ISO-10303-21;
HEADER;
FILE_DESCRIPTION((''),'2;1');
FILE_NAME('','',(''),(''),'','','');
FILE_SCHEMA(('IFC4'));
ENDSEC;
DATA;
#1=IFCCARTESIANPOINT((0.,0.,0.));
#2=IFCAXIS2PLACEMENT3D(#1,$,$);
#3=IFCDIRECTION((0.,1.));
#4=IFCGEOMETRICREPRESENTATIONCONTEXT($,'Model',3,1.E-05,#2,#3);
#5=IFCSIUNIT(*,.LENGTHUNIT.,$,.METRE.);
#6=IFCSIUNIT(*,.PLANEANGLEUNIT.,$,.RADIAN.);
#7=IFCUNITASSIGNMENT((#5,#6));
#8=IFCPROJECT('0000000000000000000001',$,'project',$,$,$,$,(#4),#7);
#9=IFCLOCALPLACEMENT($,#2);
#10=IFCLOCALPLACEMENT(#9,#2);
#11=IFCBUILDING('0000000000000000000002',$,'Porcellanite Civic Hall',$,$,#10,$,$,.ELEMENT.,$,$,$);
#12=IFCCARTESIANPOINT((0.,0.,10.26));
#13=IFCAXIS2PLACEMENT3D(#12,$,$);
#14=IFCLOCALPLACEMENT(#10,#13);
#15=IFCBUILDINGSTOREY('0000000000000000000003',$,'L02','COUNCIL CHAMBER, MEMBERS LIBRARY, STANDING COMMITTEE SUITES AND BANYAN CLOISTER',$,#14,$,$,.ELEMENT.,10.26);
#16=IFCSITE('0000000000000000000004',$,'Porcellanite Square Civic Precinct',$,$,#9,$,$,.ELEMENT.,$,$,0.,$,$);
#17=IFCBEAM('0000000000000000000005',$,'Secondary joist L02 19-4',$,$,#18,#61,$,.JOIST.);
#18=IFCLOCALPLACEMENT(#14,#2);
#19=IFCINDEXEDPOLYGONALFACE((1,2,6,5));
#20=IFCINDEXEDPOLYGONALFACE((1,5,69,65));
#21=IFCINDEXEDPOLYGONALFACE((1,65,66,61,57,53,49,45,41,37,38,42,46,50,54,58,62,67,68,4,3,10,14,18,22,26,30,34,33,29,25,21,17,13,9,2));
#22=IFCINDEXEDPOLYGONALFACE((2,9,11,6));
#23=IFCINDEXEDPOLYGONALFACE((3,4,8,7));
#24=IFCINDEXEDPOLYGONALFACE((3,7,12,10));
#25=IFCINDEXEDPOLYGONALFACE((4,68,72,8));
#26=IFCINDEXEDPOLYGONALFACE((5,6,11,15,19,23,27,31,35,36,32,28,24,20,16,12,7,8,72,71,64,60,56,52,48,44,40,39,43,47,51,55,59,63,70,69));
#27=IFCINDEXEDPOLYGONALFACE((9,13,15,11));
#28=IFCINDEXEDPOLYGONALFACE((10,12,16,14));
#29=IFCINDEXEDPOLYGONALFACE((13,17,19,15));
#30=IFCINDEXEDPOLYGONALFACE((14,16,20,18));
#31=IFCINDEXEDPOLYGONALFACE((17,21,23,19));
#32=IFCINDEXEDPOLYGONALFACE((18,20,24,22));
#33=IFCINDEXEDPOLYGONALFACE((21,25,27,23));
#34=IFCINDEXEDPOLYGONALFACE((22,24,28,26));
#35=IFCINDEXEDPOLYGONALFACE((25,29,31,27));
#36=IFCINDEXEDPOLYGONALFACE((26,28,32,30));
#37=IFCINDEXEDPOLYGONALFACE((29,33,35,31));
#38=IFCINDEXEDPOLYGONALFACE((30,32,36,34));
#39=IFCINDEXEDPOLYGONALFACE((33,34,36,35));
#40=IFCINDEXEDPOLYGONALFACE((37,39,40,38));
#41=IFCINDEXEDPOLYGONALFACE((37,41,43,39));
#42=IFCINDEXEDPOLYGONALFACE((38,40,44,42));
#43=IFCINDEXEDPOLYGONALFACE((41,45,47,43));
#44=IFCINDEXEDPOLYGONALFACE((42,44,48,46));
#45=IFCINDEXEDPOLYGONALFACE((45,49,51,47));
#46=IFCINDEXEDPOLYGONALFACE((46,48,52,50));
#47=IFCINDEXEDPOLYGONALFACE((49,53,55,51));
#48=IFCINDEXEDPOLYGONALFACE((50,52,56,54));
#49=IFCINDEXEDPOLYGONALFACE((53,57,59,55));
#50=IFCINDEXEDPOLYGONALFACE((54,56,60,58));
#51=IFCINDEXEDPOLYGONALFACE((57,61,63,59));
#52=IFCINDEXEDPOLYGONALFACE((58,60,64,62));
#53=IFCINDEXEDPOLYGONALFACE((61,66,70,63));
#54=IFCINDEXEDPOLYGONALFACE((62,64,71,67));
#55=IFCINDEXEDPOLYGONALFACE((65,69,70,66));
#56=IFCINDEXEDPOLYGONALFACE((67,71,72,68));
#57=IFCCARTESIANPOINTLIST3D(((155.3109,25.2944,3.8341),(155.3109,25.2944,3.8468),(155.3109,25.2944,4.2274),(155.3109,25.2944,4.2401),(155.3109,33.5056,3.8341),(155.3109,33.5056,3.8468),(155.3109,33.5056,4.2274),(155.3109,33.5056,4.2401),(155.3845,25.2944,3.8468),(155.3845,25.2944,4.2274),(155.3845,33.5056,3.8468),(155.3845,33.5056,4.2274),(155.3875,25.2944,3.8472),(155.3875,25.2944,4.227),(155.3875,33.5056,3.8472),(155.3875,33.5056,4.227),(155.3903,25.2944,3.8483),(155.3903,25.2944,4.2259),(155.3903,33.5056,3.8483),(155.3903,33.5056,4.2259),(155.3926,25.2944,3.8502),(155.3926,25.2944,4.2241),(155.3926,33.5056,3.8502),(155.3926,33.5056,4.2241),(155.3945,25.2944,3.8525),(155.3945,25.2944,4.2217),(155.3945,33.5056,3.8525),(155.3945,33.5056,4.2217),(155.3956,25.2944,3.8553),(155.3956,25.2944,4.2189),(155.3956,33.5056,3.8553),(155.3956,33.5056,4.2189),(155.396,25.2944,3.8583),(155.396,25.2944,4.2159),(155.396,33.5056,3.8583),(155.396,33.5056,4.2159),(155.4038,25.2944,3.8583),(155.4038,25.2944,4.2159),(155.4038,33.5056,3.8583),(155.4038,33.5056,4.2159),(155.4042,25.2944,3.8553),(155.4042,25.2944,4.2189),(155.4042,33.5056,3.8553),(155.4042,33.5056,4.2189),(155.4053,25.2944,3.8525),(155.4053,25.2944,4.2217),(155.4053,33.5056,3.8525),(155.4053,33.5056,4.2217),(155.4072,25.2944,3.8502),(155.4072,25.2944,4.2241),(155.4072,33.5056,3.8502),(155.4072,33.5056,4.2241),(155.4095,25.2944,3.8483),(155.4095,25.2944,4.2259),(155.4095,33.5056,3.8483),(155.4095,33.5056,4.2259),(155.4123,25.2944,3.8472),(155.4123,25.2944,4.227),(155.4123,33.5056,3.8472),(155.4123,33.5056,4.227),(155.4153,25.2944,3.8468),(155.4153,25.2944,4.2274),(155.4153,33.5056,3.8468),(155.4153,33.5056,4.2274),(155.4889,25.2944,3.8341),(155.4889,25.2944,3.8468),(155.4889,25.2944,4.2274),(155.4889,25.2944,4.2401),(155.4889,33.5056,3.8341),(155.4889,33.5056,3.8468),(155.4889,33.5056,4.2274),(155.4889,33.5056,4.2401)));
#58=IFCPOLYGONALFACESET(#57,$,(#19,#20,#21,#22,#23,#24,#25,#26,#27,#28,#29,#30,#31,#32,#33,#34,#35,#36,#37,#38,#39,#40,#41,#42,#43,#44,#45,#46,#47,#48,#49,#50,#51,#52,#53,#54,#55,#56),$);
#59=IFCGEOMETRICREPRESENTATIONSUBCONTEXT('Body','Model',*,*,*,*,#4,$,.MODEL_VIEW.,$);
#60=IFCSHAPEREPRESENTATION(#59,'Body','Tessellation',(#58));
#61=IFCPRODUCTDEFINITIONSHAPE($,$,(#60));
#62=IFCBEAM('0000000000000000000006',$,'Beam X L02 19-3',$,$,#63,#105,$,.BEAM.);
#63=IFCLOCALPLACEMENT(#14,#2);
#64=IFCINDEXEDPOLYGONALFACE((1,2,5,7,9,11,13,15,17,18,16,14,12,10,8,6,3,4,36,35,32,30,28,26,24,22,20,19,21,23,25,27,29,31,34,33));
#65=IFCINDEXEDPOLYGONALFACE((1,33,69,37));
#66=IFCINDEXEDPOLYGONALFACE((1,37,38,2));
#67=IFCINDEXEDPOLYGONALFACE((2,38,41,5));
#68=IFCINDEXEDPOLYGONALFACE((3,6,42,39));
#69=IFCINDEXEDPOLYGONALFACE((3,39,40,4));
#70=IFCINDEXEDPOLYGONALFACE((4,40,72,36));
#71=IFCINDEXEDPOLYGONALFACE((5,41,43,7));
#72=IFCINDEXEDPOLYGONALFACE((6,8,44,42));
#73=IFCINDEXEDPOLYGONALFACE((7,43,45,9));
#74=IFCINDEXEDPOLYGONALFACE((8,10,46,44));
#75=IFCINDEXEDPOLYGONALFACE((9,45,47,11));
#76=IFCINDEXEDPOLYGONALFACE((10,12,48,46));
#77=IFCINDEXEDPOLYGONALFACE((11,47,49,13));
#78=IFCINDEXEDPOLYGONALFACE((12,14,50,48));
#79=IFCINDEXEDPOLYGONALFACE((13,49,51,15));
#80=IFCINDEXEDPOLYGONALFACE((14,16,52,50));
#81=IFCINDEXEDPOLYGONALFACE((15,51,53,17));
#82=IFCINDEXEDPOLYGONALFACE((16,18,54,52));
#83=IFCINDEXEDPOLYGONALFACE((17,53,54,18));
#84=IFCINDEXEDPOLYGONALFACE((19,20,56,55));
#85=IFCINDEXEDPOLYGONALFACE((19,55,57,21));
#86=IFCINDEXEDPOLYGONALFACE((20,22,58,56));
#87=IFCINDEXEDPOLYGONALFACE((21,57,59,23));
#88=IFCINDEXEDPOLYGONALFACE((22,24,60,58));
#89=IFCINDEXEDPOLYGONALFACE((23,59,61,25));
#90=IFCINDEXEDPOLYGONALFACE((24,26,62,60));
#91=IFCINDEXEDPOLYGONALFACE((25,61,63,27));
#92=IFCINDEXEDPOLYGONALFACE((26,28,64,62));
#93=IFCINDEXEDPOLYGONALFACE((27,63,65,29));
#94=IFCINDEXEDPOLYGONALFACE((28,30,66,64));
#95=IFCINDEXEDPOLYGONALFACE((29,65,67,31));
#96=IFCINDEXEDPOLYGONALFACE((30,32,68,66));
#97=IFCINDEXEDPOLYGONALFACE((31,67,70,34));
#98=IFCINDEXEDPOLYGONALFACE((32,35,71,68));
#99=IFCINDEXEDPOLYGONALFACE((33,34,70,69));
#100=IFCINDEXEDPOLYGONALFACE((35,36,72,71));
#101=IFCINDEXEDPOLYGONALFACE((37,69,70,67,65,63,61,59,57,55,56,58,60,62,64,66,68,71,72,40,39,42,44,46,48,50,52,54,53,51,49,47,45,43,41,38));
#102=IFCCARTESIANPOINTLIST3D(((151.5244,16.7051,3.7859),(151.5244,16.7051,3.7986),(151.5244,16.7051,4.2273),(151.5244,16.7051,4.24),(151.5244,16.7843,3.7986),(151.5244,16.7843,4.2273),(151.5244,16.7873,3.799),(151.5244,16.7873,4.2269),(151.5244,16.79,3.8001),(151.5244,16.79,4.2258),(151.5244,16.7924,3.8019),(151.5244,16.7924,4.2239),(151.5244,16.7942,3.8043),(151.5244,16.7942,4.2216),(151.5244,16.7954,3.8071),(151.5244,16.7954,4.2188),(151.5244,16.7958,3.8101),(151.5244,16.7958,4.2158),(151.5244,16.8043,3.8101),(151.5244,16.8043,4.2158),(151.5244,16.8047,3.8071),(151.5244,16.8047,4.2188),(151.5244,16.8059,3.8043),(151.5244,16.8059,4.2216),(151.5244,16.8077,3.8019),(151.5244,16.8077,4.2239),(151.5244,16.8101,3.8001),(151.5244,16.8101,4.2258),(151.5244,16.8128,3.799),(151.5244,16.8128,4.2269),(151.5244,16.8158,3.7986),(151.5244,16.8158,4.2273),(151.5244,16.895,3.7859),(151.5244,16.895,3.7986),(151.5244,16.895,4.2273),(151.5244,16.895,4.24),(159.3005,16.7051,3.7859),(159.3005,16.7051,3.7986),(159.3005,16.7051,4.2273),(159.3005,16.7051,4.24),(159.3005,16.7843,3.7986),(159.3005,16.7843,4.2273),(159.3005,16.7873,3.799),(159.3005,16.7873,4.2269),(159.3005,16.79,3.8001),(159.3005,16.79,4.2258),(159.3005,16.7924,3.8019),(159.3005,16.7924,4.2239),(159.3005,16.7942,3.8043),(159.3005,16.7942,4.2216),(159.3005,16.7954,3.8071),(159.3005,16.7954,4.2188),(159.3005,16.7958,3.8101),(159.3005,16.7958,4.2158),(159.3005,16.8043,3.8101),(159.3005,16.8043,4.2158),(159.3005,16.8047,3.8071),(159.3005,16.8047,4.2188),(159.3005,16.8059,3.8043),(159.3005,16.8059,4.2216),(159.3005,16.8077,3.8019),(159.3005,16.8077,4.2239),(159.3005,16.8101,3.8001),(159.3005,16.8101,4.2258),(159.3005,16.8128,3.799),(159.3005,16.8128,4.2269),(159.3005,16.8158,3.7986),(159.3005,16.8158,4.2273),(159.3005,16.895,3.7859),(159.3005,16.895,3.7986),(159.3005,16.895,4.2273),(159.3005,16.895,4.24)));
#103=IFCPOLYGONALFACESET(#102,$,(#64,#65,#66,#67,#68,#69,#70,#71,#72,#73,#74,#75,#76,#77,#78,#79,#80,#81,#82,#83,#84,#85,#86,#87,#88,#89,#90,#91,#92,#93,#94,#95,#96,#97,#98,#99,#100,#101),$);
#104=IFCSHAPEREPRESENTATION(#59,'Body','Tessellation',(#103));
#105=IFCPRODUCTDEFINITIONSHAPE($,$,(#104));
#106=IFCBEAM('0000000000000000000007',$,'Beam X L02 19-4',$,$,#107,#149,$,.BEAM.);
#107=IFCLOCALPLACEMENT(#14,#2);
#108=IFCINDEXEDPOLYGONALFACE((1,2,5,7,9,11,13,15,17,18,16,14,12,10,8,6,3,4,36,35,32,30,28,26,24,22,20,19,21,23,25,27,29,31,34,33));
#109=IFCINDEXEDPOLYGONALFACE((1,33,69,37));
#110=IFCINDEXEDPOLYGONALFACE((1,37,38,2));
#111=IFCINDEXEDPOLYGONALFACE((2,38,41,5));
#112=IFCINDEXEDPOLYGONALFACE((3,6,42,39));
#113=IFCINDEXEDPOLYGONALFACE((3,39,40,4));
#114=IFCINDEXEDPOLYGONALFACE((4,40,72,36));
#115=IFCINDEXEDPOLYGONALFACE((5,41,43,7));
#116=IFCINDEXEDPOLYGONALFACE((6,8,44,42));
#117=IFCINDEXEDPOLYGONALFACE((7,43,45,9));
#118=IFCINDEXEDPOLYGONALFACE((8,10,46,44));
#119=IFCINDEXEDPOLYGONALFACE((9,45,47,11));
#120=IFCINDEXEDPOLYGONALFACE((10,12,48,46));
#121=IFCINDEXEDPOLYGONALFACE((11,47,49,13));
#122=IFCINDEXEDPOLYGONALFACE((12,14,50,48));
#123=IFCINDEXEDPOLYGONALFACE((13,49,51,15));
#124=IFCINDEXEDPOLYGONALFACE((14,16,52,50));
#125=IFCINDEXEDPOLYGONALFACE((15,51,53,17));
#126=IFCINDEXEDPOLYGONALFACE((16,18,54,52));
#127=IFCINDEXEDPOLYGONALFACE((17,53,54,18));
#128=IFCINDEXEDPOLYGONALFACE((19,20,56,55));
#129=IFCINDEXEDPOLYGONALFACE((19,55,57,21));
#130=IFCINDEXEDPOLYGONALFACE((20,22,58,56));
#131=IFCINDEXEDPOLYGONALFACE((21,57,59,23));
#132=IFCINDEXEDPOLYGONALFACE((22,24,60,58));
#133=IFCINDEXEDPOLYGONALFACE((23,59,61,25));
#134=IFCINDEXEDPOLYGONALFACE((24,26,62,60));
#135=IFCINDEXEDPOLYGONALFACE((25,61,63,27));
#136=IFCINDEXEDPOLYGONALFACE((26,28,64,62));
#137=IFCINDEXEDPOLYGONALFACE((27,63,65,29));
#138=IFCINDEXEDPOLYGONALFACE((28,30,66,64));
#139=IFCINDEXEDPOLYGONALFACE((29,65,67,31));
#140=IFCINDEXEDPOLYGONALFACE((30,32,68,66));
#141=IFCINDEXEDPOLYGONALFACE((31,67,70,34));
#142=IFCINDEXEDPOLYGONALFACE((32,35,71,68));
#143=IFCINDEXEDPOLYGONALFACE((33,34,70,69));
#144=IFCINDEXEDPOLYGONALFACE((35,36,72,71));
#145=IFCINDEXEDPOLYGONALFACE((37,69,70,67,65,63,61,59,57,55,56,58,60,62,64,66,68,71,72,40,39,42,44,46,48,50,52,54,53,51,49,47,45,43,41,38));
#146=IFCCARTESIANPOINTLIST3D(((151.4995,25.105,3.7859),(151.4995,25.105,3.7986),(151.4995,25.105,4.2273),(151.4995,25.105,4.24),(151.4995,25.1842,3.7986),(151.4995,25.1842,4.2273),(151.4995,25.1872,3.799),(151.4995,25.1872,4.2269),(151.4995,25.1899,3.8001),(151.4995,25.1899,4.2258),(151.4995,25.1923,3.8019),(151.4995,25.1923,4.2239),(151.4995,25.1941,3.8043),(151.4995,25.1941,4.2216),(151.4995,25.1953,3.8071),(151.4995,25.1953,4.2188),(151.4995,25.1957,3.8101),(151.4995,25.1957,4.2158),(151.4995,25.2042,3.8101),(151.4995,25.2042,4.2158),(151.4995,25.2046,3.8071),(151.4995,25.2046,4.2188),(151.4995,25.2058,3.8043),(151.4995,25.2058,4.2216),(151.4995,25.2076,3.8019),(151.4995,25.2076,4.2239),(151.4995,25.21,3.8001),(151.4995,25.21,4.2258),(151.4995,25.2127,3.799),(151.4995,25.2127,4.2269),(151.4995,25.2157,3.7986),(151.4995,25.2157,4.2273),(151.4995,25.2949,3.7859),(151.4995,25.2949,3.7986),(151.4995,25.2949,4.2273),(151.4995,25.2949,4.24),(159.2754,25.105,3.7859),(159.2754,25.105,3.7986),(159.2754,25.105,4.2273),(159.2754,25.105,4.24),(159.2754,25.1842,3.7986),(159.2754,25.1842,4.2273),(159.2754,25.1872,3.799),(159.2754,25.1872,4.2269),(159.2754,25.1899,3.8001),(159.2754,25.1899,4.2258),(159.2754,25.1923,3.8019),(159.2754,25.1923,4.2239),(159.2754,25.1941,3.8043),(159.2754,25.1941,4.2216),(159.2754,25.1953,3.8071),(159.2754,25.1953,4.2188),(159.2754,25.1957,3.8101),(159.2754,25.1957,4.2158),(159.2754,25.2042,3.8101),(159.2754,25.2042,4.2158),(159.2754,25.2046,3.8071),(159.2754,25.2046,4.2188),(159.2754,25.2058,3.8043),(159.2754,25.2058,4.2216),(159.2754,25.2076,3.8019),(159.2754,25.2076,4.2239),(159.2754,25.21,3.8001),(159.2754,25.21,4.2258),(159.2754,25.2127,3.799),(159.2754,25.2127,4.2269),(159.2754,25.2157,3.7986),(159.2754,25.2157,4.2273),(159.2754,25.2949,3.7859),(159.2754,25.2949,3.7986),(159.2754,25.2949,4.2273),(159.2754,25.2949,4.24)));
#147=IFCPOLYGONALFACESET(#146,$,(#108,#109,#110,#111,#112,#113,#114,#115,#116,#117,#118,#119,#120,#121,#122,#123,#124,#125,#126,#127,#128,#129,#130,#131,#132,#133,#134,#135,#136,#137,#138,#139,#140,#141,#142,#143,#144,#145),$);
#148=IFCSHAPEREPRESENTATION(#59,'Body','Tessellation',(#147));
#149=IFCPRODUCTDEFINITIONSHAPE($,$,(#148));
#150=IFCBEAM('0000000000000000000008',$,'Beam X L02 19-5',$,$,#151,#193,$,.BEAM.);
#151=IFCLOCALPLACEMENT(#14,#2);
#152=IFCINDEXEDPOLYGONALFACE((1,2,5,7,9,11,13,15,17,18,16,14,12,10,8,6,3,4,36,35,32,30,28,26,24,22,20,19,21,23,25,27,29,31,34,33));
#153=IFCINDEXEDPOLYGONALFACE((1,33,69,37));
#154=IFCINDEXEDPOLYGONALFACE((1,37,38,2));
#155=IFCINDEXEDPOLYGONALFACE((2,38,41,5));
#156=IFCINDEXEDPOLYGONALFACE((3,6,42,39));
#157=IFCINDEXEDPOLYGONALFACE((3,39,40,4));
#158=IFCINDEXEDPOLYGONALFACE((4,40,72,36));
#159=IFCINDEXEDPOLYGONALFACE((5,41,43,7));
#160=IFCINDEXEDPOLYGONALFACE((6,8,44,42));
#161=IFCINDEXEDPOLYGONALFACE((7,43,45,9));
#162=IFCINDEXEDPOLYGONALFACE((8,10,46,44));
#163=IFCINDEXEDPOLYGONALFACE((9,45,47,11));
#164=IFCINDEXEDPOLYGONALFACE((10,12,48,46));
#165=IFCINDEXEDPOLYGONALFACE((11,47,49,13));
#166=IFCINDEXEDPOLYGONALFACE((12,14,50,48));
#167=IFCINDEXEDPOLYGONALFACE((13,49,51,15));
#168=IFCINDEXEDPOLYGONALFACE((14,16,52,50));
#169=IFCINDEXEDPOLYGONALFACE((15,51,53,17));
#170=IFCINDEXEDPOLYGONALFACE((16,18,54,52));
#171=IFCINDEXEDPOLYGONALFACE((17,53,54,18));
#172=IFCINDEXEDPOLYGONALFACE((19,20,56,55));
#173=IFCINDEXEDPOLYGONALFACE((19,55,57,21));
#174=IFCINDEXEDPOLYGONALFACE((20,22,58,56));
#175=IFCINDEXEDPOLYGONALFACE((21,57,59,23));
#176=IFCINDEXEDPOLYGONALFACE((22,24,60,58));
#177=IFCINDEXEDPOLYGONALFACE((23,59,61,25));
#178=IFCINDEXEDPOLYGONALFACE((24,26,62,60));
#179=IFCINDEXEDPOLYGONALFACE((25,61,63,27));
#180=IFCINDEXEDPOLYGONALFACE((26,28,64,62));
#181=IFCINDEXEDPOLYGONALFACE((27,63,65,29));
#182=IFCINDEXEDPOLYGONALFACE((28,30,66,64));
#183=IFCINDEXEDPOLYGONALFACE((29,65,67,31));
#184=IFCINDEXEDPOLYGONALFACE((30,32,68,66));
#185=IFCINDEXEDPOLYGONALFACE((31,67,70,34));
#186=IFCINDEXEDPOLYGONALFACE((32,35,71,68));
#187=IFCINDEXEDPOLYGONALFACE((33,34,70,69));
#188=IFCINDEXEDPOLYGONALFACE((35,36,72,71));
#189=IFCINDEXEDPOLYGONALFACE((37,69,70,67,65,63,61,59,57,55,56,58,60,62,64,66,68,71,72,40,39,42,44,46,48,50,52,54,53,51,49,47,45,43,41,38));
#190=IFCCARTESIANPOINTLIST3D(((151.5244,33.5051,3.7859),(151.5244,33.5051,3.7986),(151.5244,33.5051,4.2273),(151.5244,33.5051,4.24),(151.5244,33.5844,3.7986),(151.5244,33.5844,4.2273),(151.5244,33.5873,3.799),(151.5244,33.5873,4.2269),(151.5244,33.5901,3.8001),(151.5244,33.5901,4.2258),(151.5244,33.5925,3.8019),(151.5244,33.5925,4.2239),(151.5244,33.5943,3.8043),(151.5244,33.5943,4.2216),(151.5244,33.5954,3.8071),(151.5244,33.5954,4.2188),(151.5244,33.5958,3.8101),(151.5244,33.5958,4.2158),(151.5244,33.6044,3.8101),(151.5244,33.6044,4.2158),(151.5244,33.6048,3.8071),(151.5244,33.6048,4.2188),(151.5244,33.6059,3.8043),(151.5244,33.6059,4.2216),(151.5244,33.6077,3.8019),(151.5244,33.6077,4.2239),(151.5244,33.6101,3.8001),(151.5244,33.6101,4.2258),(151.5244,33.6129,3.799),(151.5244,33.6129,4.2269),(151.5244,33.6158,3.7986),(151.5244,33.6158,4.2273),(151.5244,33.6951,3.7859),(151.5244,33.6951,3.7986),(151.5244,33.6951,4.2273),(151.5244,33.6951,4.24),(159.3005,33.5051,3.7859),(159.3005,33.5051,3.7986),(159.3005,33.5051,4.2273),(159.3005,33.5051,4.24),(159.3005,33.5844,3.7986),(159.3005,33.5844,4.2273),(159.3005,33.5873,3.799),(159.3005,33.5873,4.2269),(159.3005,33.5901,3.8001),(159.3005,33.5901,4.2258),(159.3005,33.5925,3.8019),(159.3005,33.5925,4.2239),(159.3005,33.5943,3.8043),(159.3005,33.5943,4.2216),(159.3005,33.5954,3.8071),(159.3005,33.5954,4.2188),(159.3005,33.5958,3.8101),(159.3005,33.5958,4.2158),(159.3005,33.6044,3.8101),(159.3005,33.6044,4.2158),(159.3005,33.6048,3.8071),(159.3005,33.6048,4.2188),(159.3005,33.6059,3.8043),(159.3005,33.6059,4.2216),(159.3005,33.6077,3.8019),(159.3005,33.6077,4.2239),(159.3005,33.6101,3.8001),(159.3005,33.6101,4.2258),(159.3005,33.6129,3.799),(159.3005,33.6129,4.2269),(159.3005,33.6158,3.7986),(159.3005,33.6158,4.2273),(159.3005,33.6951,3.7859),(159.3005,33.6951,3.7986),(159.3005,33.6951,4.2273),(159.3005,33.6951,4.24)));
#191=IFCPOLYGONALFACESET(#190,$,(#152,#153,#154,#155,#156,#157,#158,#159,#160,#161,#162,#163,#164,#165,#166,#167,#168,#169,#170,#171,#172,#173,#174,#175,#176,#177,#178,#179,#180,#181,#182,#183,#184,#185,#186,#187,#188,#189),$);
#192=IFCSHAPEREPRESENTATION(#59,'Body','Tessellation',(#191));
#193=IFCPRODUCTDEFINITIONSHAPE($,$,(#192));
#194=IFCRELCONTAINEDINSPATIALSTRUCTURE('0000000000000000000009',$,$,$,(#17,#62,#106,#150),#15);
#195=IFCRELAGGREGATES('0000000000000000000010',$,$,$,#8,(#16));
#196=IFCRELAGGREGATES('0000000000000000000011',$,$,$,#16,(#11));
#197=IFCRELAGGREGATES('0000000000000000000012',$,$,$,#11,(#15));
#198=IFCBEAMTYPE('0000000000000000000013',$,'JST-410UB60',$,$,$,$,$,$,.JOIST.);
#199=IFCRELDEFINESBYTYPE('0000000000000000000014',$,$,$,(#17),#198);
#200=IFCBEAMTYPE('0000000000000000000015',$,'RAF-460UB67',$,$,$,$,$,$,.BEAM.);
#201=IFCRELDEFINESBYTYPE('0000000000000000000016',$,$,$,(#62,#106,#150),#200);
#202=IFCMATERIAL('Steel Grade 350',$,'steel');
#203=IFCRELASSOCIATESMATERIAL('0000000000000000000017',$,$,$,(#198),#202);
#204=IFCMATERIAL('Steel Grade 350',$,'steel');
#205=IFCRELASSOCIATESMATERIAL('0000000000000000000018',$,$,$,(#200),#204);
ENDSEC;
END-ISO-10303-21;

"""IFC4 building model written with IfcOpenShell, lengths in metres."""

from ifc_helpers import new_model, si_unit, direction, frame, origin, origin_2d, place, context, subcontext, project, spatial, i_section, extrude, material, material_profile, profile_set, type_object, element, save


model = new_model("IFC4")

# Units and contexts
model_context = context("Model", 3, precision=1e-05, world=origin(), true_north=direction((0.0, 1.0)))
body_context = subcontext(model_context, "Body", "Model", "MODEL_VIEW")
ifc_project = project(units=[si_unit("LENGTHUNIT", "METRE"), si_unit("PLANEANGLEUNIT", "RADIAN")], contexts=[model_context])

# Site, building, storey
site_placement = place(None, origin())
site = spatial("IfcSite", under=ifc_project, at=site_placement, Name="Porcellanite Square Civic Precinct", CompositionType="ELEMENT", RefElevation=0.0)
building_placement = place(site_placement, origin())
building = spatial("IfcBuilding", under=site, at=building_placement, Name="Porcellanite Civic Hall", CompositionType="ELEMENT")
storey_placement = place(building_placement, frame((0.0, 0.0, 10.26)))
storey = spatial("IfcBuildingStorey", under=building, at=storey_placement, Name="L02", Description="COUNCIL CHAMBER, MEMBERS LIBRARY, STANDING COMMITTEE SUITES AND BANYAN CLOISTER", CompositionType="ELEMENT", Elevation=10.26)

# Beams
ifc_material_1 = material(Name="Steel Grade 350", Category="steel")
ifc_material_profile_1 = material_profile(ifc_material_1, i_section(OverallWidth=0.178, OverallDepth=0.406, WebThickness=0.0078, FlangeThickness=0.0127, FilletRadius=0.0115, at=origin_2d()), Name="410UB59.7")
ifc_profile_set_1 = profile_set([ifc_material_profile_1], Name="Steel Grade 350")
beam_type_1 = type_object("IfcBeamType", Name="JST-410UB60", PredefinedType="JOIST", material=ifc_profile_set_1)
beam_1_placement = place(storey_placement, frame((155.3999, 25.2944, 4.0371), z_axis=(0.0, 1.0, 0.0), x_axis=(-1.0, 0.0, 0.0)))
element("IfcBeam", 1, at=beam_1_placement, inside=storey, type_object=beam_type_1, Name="Secondary joist L02 19-4", PredefinedType="JOIST", context=body_context, shape_type="SweptSolid", body=[
    extrude(i_section(OverallWidth=0.178, OverallDepth=0.406, WebThickness=0.0078, FlangeThickness=0.0127, FilletRadius=0.0115, at=origin_2d()), origin(), (0.0, 0.0, 1.0), 8.2112),
])
ifc_material_2 = material(Name="Steel Grade 350", Category="steel")
ifc_material_profile_2 = material_profile(ifc_material_2, i_section(OverallWidth=0.1899, OverallDepth=0.4541, WebThickness=0.0085, FlangeThickness=0.0127, FilletRadius=0.0115, at=origin_2d()), Name="460UB67.1")
ifc_profile_set_2 = profile_set([ifc_material_profile_2], Name="Steel Grade 350")
beam_type_2 = type_object("IfcBeamType", Name="RAF-460UB67", PredefinedType="BEAM", material=ifc_profile_set_2)
beam_2_placement = place(storey_placement, frame((151.5244, 16.8, 4.0129), z_axis=(1.0, 0.0, 0.0), x_axis=(0.0, 1.0, 0.0)))
element("IfcBeam", 2, at=beam_2_placement, inside=storey, type_object=beam_type_2, Name="Beam X L02 19-3", PredefinedType="BEAM", context=body_context, shape_type="SweptSolid", body=[
    extrude(i_section(OverallWidth=0.1899, OverallDepth=0.4541, WebThickness=0.0085, FlangeThickness=0.0127, FilletRadius=0.0115, at=origin_2d()), origin(), (0.0, 0.0, 1.0), 7.7761),
])
beam_3_placement = place(storey_placement, frame((151.4995, 25.2, 4.0129), z_axis=(1.0, 0.0, 0.0), x_axis=(0.0, 1.0, 0.0)))
element("IfcBeam", 3, at=beam_3_placement, inside=storey, type_object=beam_type_2, Name="Beam X L02 19-4", PredefinedType="BEAM", context=body_context, shape_type="SweptSolid", body=[
    extrude(i_section(OverallWidth=0.1899, OverallDepth=0.4541, WebThickness=0.0085, FlangeThickness=0.0127, FilletRadius=0.0115, at=origin_2d()), origin(), (0.0, 0.0, 1.0), 7.7759),
])
for number, where, z_axis, x_axis, name in (
    (4, (151.5244, 33.6001, 4.0129), (1.0, 0.0, 0.0), (0.0, 1.0, 0.0), "Beam X L02 19-5"),
):
    element("IfcBeam", number, at=place(storey_placement, frame(where, z_axis=z_axis, x_axis=x_axis)), inside=storey, type_object=beam_type_2, Name=name, PredefinedType="BEAM", context=body_context, shape_type="SweptSolid", body=[
        extrude(i_section(OverallWidth=0.1899, OverallDepth=0.4541, WebThickness=0.0085, FlangeThickness=0.0127, FilletRadius=0.0115, at=origin_2d()), origin(), (0.0, 0.0, 1.0), 7.7761),
    ])

save(model, "model.ifc")
